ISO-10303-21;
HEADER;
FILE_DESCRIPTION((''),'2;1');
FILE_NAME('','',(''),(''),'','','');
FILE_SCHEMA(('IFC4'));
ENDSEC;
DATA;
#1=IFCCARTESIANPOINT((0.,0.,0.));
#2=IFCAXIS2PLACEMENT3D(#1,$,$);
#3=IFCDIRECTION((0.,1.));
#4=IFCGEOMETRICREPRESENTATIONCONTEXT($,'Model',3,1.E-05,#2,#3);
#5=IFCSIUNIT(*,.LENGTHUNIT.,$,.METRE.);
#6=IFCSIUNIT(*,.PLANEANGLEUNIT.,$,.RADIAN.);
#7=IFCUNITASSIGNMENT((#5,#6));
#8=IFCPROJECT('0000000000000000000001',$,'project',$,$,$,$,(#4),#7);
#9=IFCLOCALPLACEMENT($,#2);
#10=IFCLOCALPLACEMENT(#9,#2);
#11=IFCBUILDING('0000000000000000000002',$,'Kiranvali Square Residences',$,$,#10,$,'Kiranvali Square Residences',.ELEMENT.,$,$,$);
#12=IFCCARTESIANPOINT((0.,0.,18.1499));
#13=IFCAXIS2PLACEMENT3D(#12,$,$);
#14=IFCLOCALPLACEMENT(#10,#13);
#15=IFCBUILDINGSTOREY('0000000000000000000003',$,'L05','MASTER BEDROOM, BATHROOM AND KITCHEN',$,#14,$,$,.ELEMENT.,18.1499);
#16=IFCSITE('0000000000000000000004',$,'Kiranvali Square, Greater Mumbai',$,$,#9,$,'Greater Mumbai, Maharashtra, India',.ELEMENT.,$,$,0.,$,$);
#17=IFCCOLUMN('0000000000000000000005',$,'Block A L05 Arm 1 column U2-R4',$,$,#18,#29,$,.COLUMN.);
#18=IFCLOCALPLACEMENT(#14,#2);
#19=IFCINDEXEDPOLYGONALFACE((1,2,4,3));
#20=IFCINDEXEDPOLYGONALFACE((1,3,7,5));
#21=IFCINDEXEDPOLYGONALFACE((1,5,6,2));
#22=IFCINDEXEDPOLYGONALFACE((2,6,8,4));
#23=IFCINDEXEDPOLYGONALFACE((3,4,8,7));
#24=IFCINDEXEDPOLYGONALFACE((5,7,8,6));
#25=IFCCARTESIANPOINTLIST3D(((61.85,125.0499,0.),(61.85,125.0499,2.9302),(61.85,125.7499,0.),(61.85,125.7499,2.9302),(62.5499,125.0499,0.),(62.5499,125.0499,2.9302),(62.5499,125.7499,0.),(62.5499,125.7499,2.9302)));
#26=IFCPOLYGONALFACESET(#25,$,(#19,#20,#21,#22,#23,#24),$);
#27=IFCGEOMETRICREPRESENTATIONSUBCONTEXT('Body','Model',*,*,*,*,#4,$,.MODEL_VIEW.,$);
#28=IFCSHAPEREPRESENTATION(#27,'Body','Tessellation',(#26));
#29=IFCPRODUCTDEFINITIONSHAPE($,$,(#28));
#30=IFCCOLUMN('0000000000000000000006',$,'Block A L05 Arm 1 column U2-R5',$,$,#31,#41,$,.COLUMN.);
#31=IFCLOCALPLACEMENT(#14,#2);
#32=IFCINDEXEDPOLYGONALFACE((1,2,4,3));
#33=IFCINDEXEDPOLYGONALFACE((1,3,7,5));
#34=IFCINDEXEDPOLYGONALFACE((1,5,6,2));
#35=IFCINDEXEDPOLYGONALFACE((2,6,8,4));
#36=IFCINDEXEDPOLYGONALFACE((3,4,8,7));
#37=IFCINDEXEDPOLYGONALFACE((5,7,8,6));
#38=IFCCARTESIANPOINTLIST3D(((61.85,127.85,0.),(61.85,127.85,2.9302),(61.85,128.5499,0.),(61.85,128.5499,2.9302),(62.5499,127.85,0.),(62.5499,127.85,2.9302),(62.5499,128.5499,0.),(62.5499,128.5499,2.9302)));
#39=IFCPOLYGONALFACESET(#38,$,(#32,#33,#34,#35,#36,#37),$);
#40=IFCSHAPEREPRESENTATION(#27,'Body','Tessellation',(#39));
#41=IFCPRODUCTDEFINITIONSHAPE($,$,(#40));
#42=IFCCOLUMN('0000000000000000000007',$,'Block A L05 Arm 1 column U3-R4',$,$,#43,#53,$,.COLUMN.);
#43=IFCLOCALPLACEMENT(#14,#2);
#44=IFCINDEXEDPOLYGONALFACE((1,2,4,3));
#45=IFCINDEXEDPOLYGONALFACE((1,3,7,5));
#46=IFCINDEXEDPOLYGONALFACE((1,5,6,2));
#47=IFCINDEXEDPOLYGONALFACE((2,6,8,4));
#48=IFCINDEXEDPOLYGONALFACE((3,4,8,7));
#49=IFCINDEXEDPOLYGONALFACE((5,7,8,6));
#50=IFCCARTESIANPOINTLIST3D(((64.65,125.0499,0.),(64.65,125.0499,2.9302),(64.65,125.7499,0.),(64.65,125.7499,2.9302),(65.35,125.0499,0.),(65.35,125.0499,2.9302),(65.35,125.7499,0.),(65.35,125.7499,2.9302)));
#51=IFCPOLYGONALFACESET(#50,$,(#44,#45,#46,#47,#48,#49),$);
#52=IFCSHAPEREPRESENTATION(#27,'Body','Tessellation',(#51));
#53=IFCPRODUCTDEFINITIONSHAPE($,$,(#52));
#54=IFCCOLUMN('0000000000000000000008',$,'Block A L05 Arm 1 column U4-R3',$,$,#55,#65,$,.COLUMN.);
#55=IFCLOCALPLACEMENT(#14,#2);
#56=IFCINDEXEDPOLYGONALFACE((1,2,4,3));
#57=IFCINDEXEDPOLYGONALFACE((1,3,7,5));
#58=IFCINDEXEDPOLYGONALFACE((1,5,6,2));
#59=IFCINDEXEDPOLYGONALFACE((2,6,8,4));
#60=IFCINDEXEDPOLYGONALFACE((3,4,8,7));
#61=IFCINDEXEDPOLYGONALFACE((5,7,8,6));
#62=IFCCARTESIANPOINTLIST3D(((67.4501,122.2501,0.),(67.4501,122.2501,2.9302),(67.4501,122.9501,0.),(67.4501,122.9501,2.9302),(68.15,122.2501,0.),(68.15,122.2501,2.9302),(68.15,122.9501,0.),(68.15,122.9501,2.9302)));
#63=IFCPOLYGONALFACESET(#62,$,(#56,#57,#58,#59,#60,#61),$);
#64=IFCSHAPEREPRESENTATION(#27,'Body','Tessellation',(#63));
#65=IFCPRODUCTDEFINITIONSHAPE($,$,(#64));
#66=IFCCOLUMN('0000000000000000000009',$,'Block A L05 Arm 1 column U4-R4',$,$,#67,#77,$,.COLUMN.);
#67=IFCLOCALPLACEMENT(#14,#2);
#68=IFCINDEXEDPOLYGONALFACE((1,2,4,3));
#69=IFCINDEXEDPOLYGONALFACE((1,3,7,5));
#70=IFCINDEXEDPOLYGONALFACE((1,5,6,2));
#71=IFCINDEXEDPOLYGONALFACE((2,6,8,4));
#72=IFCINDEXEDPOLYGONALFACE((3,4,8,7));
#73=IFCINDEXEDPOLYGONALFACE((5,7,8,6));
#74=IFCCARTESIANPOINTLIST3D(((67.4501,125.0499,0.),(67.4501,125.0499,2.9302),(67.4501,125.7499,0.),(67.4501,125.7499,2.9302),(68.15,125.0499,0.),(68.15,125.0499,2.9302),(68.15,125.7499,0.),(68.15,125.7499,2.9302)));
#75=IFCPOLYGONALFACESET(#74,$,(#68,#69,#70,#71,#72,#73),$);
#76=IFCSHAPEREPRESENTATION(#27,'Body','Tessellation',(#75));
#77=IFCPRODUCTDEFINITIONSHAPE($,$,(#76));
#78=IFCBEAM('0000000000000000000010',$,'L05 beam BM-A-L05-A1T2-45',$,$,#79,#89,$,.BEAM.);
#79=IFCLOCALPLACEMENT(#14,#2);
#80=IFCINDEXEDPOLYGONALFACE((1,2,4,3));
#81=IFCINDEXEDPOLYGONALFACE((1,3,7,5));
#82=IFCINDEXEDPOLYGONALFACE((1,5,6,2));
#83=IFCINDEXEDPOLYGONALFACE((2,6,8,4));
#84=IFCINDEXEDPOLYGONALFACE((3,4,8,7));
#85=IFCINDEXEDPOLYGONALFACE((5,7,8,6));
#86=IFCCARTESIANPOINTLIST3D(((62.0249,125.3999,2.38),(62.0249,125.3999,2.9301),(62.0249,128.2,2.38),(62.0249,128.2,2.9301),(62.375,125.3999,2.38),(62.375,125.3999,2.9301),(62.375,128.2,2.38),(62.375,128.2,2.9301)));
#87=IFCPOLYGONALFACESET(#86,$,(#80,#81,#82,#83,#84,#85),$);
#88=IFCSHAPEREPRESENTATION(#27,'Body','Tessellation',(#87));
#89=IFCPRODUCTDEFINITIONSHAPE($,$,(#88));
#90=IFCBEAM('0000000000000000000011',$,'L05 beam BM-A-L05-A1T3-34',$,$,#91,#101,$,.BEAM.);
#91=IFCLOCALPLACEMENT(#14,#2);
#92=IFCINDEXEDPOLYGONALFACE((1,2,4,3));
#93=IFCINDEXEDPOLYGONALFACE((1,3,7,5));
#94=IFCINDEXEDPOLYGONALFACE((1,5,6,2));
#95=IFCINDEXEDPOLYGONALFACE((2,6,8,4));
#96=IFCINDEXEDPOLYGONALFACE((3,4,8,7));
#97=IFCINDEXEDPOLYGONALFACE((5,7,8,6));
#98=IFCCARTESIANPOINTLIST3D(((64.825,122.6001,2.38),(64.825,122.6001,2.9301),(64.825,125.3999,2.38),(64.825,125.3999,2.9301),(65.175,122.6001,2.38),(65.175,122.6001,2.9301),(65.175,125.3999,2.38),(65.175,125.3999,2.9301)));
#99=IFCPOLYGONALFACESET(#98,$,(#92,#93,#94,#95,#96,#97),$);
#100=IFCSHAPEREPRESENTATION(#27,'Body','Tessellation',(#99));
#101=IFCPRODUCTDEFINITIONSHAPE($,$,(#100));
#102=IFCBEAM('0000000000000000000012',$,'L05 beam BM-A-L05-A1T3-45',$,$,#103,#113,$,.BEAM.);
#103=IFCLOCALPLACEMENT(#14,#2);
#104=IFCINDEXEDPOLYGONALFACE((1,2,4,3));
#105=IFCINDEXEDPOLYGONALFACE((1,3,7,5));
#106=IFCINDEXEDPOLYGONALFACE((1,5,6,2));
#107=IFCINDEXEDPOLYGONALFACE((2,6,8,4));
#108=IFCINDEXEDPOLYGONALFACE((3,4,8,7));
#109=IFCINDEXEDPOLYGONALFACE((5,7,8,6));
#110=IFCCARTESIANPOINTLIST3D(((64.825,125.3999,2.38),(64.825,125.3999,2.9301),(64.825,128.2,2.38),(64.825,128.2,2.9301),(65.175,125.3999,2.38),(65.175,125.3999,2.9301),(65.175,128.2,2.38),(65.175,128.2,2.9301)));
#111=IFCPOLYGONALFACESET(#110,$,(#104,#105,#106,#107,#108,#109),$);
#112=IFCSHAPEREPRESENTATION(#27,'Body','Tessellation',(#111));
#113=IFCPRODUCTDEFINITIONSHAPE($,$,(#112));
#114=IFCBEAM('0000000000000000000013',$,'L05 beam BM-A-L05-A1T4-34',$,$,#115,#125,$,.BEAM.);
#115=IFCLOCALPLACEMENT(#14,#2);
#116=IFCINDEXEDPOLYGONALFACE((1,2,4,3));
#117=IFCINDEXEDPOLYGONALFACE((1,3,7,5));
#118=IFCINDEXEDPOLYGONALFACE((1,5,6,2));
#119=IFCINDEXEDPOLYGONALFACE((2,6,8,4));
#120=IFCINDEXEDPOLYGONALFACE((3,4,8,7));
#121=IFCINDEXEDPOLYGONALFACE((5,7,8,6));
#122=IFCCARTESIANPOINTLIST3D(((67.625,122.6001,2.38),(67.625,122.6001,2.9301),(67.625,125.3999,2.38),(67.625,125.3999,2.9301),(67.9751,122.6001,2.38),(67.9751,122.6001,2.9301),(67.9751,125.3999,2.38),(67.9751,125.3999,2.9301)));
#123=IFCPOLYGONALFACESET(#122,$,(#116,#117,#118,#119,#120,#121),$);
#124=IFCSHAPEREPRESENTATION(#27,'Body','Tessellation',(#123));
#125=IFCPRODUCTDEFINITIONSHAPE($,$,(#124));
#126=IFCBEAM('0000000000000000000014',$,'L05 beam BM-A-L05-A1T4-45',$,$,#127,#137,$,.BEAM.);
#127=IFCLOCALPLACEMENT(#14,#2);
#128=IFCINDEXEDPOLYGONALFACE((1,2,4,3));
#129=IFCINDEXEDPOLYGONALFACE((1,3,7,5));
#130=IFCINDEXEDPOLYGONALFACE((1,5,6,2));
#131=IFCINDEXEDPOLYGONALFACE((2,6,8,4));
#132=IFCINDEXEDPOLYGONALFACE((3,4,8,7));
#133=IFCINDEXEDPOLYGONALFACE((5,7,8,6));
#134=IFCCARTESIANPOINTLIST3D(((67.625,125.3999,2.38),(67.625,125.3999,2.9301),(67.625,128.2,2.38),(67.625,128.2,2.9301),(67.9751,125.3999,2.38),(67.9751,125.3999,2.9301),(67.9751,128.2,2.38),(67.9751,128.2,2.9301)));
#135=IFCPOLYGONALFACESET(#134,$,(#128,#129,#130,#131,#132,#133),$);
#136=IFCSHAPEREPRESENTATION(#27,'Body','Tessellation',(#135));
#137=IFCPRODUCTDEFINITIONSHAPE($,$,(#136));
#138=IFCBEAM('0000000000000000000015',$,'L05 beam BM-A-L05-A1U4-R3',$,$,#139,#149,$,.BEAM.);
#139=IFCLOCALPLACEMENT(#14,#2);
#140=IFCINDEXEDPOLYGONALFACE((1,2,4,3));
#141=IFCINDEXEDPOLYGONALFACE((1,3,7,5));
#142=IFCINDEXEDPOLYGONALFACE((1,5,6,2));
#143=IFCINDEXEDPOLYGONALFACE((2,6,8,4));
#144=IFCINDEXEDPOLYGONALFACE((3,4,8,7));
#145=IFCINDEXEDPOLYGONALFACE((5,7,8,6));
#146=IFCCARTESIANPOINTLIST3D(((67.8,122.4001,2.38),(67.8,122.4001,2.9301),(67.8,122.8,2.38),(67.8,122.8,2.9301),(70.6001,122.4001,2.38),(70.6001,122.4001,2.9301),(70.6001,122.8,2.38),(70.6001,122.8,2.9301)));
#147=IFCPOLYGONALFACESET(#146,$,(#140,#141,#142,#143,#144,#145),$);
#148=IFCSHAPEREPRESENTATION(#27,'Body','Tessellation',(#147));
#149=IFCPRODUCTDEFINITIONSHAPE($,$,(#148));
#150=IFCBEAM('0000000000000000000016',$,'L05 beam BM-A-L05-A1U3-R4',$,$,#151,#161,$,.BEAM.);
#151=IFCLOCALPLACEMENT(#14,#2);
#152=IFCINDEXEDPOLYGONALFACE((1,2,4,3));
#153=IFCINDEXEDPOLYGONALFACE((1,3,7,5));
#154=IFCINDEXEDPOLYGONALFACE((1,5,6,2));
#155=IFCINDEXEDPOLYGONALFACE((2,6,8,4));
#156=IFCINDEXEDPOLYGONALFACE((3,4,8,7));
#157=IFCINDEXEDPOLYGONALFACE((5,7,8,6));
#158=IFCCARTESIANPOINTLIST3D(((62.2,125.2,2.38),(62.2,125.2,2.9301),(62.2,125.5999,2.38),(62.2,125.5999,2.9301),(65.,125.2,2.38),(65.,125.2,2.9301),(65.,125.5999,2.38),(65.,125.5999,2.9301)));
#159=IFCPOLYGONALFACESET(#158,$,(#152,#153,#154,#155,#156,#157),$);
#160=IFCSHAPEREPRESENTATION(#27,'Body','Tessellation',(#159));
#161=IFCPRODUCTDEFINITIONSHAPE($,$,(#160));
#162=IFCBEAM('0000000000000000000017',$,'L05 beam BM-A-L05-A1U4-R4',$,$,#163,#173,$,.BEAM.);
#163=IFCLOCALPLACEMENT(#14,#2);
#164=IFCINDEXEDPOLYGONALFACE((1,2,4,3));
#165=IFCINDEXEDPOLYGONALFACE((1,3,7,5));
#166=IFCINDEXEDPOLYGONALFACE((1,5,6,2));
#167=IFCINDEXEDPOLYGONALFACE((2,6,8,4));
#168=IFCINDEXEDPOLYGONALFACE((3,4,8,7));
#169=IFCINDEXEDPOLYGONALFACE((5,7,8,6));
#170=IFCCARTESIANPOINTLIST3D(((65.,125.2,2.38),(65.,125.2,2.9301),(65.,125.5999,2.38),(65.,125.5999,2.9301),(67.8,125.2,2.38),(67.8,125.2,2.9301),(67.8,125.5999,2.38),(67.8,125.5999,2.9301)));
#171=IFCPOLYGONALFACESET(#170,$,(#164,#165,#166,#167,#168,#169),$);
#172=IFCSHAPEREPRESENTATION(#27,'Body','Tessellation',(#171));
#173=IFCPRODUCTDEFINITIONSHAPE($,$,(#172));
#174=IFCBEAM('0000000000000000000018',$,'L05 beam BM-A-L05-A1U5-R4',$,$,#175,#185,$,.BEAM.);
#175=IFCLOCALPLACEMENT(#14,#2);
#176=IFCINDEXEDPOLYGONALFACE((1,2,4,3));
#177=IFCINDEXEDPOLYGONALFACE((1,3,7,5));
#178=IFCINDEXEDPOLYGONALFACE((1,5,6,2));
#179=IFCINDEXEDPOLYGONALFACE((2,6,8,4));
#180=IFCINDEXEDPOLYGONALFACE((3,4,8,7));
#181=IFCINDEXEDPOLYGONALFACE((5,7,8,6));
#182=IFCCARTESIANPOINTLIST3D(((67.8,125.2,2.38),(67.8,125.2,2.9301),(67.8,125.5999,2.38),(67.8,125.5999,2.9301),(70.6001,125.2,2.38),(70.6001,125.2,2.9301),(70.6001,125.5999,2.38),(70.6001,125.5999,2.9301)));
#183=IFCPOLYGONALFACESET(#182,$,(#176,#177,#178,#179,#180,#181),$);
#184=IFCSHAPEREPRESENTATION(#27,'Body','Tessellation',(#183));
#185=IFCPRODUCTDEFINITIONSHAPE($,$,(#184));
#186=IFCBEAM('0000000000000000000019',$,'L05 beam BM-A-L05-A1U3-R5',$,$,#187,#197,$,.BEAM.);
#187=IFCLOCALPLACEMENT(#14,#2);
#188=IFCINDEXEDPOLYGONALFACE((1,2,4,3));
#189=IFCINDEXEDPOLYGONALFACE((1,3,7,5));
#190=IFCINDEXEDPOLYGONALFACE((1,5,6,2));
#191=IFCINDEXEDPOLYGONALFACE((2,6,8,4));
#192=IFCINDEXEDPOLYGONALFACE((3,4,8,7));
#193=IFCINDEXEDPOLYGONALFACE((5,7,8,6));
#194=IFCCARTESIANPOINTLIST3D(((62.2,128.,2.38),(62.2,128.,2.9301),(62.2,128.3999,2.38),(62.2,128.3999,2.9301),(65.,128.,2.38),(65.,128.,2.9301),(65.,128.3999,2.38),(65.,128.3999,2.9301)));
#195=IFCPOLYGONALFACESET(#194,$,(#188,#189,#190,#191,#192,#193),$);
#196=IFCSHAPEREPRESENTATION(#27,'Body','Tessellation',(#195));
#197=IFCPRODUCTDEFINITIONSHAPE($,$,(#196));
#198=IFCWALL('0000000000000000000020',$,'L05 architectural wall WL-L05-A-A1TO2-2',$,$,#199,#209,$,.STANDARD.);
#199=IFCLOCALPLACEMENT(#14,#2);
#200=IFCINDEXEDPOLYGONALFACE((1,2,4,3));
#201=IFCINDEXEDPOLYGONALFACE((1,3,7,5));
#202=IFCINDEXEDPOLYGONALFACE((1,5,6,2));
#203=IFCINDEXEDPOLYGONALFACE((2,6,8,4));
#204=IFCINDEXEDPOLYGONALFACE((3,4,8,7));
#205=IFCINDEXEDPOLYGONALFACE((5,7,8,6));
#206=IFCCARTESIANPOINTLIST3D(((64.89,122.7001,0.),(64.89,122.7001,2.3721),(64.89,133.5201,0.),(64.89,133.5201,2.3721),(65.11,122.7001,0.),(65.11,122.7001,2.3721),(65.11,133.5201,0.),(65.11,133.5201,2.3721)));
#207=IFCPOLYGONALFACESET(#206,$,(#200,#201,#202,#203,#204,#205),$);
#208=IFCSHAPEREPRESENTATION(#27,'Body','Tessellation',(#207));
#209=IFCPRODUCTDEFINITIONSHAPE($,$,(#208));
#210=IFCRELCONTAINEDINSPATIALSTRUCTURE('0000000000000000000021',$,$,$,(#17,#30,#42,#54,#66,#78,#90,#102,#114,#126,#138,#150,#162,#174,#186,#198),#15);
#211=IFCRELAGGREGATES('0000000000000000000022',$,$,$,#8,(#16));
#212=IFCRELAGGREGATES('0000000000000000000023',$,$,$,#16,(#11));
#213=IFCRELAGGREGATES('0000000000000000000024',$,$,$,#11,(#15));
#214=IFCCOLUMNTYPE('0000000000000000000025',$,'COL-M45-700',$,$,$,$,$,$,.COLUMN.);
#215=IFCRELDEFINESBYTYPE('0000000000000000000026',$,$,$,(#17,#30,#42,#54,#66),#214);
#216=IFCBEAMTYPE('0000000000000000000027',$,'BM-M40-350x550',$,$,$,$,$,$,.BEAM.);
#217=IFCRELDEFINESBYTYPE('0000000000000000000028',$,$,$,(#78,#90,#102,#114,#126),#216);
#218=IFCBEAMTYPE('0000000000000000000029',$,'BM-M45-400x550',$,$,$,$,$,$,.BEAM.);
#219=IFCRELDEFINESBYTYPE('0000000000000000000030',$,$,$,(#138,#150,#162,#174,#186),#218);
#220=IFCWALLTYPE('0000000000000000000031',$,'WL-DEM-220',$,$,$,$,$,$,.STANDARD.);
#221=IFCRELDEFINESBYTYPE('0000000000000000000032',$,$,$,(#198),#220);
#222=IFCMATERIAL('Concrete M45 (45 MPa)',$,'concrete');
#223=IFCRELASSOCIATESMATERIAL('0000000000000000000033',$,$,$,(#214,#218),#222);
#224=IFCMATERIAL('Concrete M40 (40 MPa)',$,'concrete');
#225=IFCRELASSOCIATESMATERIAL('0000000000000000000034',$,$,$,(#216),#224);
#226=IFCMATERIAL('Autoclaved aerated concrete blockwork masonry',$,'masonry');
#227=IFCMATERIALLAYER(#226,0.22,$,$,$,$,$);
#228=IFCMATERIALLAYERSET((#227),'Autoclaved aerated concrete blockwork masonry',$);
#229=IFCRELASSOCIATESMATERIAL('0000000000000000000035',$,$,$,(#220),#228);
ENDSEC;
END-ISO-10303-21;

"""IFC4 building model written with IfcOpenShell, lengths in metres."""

from ifc_helpers import new_model, si_unit, direction, frame, frame_2d, origin, origin_2d, place, context, subcontext, project, spatial, rectangle, extrude, material, layer, layer_set, material_profile, profile_set, type_object, element, save


model = new_model("IFC4")

# Units and contexts
model_context = context("Model", 3, precision=1e-05, world=origin(), true_north=direction((0.0, 1.0)))
body_context = subcontext(model_context, "Body", "Model", "MODEL_VIEW")
ifc_project = project(units=[si_unit("LENGTHUNIT", "METRE"), si_unit("PLANEANGLEUNIT", "RADIAN")], contexts=[model_context])

# Site, building, storey
site_placement = place(None, origin())
site = spatial("IfcSite", under=ifc_project, at=site_placement, Name="Kiranvali Square, Greater Mumbai", LongName="Greater Mumbai, Maharashtra, India", CompositionType="ELEMENT", RefElevation=0.0)
building_placement = place(site_placement, origin())
building = spatial("IfcBuilding", under=site, at=building_placement, Name="Kiranvali Square Residences", LongName="Kiranvali Square Residences", CompositionType="ELEMENT")
storey_placement = place(building_placement, frame((0.0, 0.0, 18.1499)))
storey = spatial("IfcBuildingStorey", under=building, at=storey_placement, Name="L05", Description="MASTER BEDROOM, BATHROOM AND KITCHEN", CompositionType="ELEMENT", Elevation=18.1499)

# Columns
ifc_material_1 = material(Name="Concrete M45 (45 MPa)", Category="concrete")
ifc_material_profile_1 = material_profile(ifc_material_1, rectangle(XDim=0.7, YDim=0.7, at=origin_2d()), Name="RC 700x700")
ifc_profile_set_1 = profile_set([ifc_material_profile_1], Name="Concrete M45 (45 MPa)")
column_type = type_object("IfcColumnType", Name="COL-M45-700", PredefinedType="COLUMN", material=ifc_profile_set_1)
for number, where, z_axis, x_axis, name in (
    (1, (62.2, 125.3999, 0.0), (0.0, 0.0, 1.0), (1.0, 0.0, 0.0), "Block A L05 Arm 1 column U2-R4"),
    (2, (62.2, 128.2, 0.0), (0.0, 0.0, 1.0), (1.0, 0.0, 0.0), "Block A L05 Arm 1 column U2-R5"),
    (3, (65.0, 125.3999, 0.0), (0.0, 0.0, 1.0), (1.0, 0.0, 0.0), "Block A L05 Arm 1 column U3-R4"),
    (4, (67.8, 122.6001, 0.0), (0.0, 0.0, 1.0), (1.0, 0.0, 0.0), "Block A L05 Arm 1 column U4-R3"),
    (5, (67.8, 125.3999, 0.0), (0.0, 0.0, 1.0), (1.0, 0.0, 0.0), "Block A L05 Arm 1 column U4-R4"),
):
    element("IfcColumn", number, at=place(storey_placement, frame(where, z_axis=z_axis, x_axis=x_axis)), inside=storey, type_object=column_type, Name=name, PredefinedType="COLUMN", context=body_context, shape_type="SweptSolid", body=[
        extrude(rectangle(XDim=0.7, YDim=0.7, at=origin_2d()), origin(), (0.0, 0.0, 1.0), 2.9302),
    ])

# Beams
ifc_material_2 = material(Name="Concrete M40 (40 MPa)", Category="concrete")
ifc_material_profile_2 = material_profile(ifc_material_2, rectangle(XDim=0.3501, YDim=0.55, at=origin_2d()), Name="RC 350x550")
ifc_profile_set_2 = profile_set([ifc_material_profile_2], Name="Concrete M40 (40 MPa)")
beam_type_1 = type_object("IfcBeamType", Name="BM-M40-350x550", PredefinedType="BEAM", material=ifc_profile_set_2)
beam_1_placement = place(storey_placement, frame((62.2, 125.3999, 2.655), z_axis=(0.0, 1.0, 0.0), x_axis=(-1.0, 0.0, 0.0)))
element("IfcBeam", 6, at=beam_1_placement, inside=storey, type_object=beam_type_1, Name="L05 beam BM-A-L05-A1T2-45", PredefinedType="BEAM", context=body_context, shape_type="SweptSolid", body=[
    extrude(rectangle(XDim=0.3501, YDim=0.55, at=origin_2d()), origin(), (0.0, 0.0, 1.0), 2.8),
])
beam_2_placement = place(storey_placement, frame((65.0, 122.6001, 2.655), z_axis=(0.0, 1.0, 0.0), x_axis=(-1.0, 0.0, 0.0)))
element("IfcBeam", 7, at=beam_2_placement, inside=storey, type_object=beam_type_1, Name="L05 beam BM-A-L05-A1T3-34", PredefinedType="BEAM", context=body_context, shape_type="SweptSolid", body=[
    extrude(rectangle(XDim=0.3501, YDim=0.55, at=origin_2d()), origin(), (0.0, 0.0, 1.0), 2.7998),
])
beam_3_placement = place(storey_placement, frame((65.0, 125.3999, 2.655), z_axis=(0.0, 1.0, 0.0), x_axis=(-1.0, 0.0, 0.0)))
element("IfcBeam", 8, at=beam_3_placement, inside=storey, type_object=beam_type_1, Name="L05 beam BM-A-L05-A1T3-45", PredefinedType="BEAM", context=body_context, shape_type="SweptSolid", body=[
    extrude(rectangle(XDim=0.3501, YDim=0.55, at=origin_2d()), origin(), (0.0, 0.0, 1.0), 2.8),
])
beam_4_placement = place(storey_placement, frame((67.8, 122.6001, 2.655), z_axis=(0.0, 1.0, 0.0), x_axis=(-1.0, 0.0, 0.0)))
element("IfcBeam", 9, at=beam_4_placement, inside=storey, type_object=beam_type_1, Name="L05 beam BM-A-L05-A1T4-34", PredefinedType="BEAM", context=body_context, shape_type="SweptSolid", body=[
    extrude(rectangle(XDim=0.3501, YDim=0.55, at=origin_2d()), origin(), (0.0, 0.0, 1.0), 2.7998),
])
beam_5_placement = place(storey_placement, frame((67.8, 125.3999, 2.655), z_axis=(0.0, 1.0, 0.0), x_axis=(-1.0, 0.0, 0.0)))
element("IfcBeam", 10, at=beam_5_placement, inside=storey, type_object=beam_type_1, Name="L05 beam BM-A-L05-A1T4-45", PredefinedType="BEAM", context=body_context, shape_type="SweptSolid", body=[
    extrude(rectangle(XDim=0.3501, YDim=0.55, at=origin_2d()), origin(), (0.0, 0.0, 1.0), 2.8),
])
ifc_material_profile_3 = material_profile(ifc_material_1, rectangle(XDim=0.3999, YDim=0.55, at=origin_2d()), Name="RC 400x550")
ifc_profile_set_3 = profile_set([ifc_material_profile_3], Name="Concrete M45 (45 MPa)")
beam_type_2 = type_object("IfcBeamType", Name="BM-M45-400x550", PredefinedType="BEAM", material=ifc_profile_set_3)
for number, where, z_axis, x_axis, name in (
    (11, (67.8, 122.6001, 2.655), (1.0, 0.0, 0.0), (0.0, 1.0, 0.0), "L05 beam BM-A-L05-A1U4-R3"),
    (12, (62.2, 125.3999, 2.655), (1.0, 0.0, 0.0), (0.0, 1.0, 0.0), "L05 beam BM-A-L05-A1U3-R4"),
    (13, (65.0, 125.3999, 2.655), (1.0, 0.0, 0.0), (0.0, 1.0, 0.0), "L05 beam BM-A-L05-A1U4-R4"),
    (14, (67.8, 125.3999, 2.655), (1.0, 0.0, 0.0), (0.0, 1.0, 0.0), "L05 beam BM-A-L05-A1U5-R4"),
    (15, (62.2, 128.2, 2.655), (1.0, 0.0, 0.0), (0.0, 1.0, 0.0), "L05 beam BM-A-L05-A1U3-R5"),
):
    element("IfcBeam", number, at=place(storey_placement, frame(where, z_axis=z_axis, x_axis=x_axis)), inside=storey, type_object=beam_type_2, Name=name, PredefinedType="BEAM", context=body_context, shape_type="SweptSolid", body=[
        extrude(rectangle(XDim=0.3999, YDim=0.55, at=origin_2d()), origin(), (0.0, 0.0, 1.0), 2.8),
    ])

# Wall
ifc_material_3 = material(Name="Autoclaved aerated concrete blockwork masonry", Category="masonry")
ifc_layer_1 = layer(ifc_material_3, 0.22)
ifc_layer_set_1 = layer_set([ifc_layer_1], Name="Autoclaved aerated concrete blockwork masonry")
wall_type_1 = type_object("IfcWallType", Name="WL-DEM-220", PredefinedType="STANDARD", material=ifc_layer_set_1)
wall_1_placement = place(storey_placement, frame((65.0, 122.7, 0.0), z_axis=(0.0, 0.0, 1.0), x_axis=(0.0, 1.0, 0.0)))
element("IfcWall", 16, at=wall_1_placement, inside=storey, type_object=wall_type_1, Name="L05 architectural wall WL-L05-A-A1TO2-2", PredefinedType="STANDARD", context=body_context, shape_type="SweptSolid", body=[
    extrude(rectangle(XDim=10.8201, YDim=0.22, at=frame_2d((5.4102, 0.0))), origin(), (0.0, 0.0, 1.0), 2.3721),
])

save(model, "model.ifc")
